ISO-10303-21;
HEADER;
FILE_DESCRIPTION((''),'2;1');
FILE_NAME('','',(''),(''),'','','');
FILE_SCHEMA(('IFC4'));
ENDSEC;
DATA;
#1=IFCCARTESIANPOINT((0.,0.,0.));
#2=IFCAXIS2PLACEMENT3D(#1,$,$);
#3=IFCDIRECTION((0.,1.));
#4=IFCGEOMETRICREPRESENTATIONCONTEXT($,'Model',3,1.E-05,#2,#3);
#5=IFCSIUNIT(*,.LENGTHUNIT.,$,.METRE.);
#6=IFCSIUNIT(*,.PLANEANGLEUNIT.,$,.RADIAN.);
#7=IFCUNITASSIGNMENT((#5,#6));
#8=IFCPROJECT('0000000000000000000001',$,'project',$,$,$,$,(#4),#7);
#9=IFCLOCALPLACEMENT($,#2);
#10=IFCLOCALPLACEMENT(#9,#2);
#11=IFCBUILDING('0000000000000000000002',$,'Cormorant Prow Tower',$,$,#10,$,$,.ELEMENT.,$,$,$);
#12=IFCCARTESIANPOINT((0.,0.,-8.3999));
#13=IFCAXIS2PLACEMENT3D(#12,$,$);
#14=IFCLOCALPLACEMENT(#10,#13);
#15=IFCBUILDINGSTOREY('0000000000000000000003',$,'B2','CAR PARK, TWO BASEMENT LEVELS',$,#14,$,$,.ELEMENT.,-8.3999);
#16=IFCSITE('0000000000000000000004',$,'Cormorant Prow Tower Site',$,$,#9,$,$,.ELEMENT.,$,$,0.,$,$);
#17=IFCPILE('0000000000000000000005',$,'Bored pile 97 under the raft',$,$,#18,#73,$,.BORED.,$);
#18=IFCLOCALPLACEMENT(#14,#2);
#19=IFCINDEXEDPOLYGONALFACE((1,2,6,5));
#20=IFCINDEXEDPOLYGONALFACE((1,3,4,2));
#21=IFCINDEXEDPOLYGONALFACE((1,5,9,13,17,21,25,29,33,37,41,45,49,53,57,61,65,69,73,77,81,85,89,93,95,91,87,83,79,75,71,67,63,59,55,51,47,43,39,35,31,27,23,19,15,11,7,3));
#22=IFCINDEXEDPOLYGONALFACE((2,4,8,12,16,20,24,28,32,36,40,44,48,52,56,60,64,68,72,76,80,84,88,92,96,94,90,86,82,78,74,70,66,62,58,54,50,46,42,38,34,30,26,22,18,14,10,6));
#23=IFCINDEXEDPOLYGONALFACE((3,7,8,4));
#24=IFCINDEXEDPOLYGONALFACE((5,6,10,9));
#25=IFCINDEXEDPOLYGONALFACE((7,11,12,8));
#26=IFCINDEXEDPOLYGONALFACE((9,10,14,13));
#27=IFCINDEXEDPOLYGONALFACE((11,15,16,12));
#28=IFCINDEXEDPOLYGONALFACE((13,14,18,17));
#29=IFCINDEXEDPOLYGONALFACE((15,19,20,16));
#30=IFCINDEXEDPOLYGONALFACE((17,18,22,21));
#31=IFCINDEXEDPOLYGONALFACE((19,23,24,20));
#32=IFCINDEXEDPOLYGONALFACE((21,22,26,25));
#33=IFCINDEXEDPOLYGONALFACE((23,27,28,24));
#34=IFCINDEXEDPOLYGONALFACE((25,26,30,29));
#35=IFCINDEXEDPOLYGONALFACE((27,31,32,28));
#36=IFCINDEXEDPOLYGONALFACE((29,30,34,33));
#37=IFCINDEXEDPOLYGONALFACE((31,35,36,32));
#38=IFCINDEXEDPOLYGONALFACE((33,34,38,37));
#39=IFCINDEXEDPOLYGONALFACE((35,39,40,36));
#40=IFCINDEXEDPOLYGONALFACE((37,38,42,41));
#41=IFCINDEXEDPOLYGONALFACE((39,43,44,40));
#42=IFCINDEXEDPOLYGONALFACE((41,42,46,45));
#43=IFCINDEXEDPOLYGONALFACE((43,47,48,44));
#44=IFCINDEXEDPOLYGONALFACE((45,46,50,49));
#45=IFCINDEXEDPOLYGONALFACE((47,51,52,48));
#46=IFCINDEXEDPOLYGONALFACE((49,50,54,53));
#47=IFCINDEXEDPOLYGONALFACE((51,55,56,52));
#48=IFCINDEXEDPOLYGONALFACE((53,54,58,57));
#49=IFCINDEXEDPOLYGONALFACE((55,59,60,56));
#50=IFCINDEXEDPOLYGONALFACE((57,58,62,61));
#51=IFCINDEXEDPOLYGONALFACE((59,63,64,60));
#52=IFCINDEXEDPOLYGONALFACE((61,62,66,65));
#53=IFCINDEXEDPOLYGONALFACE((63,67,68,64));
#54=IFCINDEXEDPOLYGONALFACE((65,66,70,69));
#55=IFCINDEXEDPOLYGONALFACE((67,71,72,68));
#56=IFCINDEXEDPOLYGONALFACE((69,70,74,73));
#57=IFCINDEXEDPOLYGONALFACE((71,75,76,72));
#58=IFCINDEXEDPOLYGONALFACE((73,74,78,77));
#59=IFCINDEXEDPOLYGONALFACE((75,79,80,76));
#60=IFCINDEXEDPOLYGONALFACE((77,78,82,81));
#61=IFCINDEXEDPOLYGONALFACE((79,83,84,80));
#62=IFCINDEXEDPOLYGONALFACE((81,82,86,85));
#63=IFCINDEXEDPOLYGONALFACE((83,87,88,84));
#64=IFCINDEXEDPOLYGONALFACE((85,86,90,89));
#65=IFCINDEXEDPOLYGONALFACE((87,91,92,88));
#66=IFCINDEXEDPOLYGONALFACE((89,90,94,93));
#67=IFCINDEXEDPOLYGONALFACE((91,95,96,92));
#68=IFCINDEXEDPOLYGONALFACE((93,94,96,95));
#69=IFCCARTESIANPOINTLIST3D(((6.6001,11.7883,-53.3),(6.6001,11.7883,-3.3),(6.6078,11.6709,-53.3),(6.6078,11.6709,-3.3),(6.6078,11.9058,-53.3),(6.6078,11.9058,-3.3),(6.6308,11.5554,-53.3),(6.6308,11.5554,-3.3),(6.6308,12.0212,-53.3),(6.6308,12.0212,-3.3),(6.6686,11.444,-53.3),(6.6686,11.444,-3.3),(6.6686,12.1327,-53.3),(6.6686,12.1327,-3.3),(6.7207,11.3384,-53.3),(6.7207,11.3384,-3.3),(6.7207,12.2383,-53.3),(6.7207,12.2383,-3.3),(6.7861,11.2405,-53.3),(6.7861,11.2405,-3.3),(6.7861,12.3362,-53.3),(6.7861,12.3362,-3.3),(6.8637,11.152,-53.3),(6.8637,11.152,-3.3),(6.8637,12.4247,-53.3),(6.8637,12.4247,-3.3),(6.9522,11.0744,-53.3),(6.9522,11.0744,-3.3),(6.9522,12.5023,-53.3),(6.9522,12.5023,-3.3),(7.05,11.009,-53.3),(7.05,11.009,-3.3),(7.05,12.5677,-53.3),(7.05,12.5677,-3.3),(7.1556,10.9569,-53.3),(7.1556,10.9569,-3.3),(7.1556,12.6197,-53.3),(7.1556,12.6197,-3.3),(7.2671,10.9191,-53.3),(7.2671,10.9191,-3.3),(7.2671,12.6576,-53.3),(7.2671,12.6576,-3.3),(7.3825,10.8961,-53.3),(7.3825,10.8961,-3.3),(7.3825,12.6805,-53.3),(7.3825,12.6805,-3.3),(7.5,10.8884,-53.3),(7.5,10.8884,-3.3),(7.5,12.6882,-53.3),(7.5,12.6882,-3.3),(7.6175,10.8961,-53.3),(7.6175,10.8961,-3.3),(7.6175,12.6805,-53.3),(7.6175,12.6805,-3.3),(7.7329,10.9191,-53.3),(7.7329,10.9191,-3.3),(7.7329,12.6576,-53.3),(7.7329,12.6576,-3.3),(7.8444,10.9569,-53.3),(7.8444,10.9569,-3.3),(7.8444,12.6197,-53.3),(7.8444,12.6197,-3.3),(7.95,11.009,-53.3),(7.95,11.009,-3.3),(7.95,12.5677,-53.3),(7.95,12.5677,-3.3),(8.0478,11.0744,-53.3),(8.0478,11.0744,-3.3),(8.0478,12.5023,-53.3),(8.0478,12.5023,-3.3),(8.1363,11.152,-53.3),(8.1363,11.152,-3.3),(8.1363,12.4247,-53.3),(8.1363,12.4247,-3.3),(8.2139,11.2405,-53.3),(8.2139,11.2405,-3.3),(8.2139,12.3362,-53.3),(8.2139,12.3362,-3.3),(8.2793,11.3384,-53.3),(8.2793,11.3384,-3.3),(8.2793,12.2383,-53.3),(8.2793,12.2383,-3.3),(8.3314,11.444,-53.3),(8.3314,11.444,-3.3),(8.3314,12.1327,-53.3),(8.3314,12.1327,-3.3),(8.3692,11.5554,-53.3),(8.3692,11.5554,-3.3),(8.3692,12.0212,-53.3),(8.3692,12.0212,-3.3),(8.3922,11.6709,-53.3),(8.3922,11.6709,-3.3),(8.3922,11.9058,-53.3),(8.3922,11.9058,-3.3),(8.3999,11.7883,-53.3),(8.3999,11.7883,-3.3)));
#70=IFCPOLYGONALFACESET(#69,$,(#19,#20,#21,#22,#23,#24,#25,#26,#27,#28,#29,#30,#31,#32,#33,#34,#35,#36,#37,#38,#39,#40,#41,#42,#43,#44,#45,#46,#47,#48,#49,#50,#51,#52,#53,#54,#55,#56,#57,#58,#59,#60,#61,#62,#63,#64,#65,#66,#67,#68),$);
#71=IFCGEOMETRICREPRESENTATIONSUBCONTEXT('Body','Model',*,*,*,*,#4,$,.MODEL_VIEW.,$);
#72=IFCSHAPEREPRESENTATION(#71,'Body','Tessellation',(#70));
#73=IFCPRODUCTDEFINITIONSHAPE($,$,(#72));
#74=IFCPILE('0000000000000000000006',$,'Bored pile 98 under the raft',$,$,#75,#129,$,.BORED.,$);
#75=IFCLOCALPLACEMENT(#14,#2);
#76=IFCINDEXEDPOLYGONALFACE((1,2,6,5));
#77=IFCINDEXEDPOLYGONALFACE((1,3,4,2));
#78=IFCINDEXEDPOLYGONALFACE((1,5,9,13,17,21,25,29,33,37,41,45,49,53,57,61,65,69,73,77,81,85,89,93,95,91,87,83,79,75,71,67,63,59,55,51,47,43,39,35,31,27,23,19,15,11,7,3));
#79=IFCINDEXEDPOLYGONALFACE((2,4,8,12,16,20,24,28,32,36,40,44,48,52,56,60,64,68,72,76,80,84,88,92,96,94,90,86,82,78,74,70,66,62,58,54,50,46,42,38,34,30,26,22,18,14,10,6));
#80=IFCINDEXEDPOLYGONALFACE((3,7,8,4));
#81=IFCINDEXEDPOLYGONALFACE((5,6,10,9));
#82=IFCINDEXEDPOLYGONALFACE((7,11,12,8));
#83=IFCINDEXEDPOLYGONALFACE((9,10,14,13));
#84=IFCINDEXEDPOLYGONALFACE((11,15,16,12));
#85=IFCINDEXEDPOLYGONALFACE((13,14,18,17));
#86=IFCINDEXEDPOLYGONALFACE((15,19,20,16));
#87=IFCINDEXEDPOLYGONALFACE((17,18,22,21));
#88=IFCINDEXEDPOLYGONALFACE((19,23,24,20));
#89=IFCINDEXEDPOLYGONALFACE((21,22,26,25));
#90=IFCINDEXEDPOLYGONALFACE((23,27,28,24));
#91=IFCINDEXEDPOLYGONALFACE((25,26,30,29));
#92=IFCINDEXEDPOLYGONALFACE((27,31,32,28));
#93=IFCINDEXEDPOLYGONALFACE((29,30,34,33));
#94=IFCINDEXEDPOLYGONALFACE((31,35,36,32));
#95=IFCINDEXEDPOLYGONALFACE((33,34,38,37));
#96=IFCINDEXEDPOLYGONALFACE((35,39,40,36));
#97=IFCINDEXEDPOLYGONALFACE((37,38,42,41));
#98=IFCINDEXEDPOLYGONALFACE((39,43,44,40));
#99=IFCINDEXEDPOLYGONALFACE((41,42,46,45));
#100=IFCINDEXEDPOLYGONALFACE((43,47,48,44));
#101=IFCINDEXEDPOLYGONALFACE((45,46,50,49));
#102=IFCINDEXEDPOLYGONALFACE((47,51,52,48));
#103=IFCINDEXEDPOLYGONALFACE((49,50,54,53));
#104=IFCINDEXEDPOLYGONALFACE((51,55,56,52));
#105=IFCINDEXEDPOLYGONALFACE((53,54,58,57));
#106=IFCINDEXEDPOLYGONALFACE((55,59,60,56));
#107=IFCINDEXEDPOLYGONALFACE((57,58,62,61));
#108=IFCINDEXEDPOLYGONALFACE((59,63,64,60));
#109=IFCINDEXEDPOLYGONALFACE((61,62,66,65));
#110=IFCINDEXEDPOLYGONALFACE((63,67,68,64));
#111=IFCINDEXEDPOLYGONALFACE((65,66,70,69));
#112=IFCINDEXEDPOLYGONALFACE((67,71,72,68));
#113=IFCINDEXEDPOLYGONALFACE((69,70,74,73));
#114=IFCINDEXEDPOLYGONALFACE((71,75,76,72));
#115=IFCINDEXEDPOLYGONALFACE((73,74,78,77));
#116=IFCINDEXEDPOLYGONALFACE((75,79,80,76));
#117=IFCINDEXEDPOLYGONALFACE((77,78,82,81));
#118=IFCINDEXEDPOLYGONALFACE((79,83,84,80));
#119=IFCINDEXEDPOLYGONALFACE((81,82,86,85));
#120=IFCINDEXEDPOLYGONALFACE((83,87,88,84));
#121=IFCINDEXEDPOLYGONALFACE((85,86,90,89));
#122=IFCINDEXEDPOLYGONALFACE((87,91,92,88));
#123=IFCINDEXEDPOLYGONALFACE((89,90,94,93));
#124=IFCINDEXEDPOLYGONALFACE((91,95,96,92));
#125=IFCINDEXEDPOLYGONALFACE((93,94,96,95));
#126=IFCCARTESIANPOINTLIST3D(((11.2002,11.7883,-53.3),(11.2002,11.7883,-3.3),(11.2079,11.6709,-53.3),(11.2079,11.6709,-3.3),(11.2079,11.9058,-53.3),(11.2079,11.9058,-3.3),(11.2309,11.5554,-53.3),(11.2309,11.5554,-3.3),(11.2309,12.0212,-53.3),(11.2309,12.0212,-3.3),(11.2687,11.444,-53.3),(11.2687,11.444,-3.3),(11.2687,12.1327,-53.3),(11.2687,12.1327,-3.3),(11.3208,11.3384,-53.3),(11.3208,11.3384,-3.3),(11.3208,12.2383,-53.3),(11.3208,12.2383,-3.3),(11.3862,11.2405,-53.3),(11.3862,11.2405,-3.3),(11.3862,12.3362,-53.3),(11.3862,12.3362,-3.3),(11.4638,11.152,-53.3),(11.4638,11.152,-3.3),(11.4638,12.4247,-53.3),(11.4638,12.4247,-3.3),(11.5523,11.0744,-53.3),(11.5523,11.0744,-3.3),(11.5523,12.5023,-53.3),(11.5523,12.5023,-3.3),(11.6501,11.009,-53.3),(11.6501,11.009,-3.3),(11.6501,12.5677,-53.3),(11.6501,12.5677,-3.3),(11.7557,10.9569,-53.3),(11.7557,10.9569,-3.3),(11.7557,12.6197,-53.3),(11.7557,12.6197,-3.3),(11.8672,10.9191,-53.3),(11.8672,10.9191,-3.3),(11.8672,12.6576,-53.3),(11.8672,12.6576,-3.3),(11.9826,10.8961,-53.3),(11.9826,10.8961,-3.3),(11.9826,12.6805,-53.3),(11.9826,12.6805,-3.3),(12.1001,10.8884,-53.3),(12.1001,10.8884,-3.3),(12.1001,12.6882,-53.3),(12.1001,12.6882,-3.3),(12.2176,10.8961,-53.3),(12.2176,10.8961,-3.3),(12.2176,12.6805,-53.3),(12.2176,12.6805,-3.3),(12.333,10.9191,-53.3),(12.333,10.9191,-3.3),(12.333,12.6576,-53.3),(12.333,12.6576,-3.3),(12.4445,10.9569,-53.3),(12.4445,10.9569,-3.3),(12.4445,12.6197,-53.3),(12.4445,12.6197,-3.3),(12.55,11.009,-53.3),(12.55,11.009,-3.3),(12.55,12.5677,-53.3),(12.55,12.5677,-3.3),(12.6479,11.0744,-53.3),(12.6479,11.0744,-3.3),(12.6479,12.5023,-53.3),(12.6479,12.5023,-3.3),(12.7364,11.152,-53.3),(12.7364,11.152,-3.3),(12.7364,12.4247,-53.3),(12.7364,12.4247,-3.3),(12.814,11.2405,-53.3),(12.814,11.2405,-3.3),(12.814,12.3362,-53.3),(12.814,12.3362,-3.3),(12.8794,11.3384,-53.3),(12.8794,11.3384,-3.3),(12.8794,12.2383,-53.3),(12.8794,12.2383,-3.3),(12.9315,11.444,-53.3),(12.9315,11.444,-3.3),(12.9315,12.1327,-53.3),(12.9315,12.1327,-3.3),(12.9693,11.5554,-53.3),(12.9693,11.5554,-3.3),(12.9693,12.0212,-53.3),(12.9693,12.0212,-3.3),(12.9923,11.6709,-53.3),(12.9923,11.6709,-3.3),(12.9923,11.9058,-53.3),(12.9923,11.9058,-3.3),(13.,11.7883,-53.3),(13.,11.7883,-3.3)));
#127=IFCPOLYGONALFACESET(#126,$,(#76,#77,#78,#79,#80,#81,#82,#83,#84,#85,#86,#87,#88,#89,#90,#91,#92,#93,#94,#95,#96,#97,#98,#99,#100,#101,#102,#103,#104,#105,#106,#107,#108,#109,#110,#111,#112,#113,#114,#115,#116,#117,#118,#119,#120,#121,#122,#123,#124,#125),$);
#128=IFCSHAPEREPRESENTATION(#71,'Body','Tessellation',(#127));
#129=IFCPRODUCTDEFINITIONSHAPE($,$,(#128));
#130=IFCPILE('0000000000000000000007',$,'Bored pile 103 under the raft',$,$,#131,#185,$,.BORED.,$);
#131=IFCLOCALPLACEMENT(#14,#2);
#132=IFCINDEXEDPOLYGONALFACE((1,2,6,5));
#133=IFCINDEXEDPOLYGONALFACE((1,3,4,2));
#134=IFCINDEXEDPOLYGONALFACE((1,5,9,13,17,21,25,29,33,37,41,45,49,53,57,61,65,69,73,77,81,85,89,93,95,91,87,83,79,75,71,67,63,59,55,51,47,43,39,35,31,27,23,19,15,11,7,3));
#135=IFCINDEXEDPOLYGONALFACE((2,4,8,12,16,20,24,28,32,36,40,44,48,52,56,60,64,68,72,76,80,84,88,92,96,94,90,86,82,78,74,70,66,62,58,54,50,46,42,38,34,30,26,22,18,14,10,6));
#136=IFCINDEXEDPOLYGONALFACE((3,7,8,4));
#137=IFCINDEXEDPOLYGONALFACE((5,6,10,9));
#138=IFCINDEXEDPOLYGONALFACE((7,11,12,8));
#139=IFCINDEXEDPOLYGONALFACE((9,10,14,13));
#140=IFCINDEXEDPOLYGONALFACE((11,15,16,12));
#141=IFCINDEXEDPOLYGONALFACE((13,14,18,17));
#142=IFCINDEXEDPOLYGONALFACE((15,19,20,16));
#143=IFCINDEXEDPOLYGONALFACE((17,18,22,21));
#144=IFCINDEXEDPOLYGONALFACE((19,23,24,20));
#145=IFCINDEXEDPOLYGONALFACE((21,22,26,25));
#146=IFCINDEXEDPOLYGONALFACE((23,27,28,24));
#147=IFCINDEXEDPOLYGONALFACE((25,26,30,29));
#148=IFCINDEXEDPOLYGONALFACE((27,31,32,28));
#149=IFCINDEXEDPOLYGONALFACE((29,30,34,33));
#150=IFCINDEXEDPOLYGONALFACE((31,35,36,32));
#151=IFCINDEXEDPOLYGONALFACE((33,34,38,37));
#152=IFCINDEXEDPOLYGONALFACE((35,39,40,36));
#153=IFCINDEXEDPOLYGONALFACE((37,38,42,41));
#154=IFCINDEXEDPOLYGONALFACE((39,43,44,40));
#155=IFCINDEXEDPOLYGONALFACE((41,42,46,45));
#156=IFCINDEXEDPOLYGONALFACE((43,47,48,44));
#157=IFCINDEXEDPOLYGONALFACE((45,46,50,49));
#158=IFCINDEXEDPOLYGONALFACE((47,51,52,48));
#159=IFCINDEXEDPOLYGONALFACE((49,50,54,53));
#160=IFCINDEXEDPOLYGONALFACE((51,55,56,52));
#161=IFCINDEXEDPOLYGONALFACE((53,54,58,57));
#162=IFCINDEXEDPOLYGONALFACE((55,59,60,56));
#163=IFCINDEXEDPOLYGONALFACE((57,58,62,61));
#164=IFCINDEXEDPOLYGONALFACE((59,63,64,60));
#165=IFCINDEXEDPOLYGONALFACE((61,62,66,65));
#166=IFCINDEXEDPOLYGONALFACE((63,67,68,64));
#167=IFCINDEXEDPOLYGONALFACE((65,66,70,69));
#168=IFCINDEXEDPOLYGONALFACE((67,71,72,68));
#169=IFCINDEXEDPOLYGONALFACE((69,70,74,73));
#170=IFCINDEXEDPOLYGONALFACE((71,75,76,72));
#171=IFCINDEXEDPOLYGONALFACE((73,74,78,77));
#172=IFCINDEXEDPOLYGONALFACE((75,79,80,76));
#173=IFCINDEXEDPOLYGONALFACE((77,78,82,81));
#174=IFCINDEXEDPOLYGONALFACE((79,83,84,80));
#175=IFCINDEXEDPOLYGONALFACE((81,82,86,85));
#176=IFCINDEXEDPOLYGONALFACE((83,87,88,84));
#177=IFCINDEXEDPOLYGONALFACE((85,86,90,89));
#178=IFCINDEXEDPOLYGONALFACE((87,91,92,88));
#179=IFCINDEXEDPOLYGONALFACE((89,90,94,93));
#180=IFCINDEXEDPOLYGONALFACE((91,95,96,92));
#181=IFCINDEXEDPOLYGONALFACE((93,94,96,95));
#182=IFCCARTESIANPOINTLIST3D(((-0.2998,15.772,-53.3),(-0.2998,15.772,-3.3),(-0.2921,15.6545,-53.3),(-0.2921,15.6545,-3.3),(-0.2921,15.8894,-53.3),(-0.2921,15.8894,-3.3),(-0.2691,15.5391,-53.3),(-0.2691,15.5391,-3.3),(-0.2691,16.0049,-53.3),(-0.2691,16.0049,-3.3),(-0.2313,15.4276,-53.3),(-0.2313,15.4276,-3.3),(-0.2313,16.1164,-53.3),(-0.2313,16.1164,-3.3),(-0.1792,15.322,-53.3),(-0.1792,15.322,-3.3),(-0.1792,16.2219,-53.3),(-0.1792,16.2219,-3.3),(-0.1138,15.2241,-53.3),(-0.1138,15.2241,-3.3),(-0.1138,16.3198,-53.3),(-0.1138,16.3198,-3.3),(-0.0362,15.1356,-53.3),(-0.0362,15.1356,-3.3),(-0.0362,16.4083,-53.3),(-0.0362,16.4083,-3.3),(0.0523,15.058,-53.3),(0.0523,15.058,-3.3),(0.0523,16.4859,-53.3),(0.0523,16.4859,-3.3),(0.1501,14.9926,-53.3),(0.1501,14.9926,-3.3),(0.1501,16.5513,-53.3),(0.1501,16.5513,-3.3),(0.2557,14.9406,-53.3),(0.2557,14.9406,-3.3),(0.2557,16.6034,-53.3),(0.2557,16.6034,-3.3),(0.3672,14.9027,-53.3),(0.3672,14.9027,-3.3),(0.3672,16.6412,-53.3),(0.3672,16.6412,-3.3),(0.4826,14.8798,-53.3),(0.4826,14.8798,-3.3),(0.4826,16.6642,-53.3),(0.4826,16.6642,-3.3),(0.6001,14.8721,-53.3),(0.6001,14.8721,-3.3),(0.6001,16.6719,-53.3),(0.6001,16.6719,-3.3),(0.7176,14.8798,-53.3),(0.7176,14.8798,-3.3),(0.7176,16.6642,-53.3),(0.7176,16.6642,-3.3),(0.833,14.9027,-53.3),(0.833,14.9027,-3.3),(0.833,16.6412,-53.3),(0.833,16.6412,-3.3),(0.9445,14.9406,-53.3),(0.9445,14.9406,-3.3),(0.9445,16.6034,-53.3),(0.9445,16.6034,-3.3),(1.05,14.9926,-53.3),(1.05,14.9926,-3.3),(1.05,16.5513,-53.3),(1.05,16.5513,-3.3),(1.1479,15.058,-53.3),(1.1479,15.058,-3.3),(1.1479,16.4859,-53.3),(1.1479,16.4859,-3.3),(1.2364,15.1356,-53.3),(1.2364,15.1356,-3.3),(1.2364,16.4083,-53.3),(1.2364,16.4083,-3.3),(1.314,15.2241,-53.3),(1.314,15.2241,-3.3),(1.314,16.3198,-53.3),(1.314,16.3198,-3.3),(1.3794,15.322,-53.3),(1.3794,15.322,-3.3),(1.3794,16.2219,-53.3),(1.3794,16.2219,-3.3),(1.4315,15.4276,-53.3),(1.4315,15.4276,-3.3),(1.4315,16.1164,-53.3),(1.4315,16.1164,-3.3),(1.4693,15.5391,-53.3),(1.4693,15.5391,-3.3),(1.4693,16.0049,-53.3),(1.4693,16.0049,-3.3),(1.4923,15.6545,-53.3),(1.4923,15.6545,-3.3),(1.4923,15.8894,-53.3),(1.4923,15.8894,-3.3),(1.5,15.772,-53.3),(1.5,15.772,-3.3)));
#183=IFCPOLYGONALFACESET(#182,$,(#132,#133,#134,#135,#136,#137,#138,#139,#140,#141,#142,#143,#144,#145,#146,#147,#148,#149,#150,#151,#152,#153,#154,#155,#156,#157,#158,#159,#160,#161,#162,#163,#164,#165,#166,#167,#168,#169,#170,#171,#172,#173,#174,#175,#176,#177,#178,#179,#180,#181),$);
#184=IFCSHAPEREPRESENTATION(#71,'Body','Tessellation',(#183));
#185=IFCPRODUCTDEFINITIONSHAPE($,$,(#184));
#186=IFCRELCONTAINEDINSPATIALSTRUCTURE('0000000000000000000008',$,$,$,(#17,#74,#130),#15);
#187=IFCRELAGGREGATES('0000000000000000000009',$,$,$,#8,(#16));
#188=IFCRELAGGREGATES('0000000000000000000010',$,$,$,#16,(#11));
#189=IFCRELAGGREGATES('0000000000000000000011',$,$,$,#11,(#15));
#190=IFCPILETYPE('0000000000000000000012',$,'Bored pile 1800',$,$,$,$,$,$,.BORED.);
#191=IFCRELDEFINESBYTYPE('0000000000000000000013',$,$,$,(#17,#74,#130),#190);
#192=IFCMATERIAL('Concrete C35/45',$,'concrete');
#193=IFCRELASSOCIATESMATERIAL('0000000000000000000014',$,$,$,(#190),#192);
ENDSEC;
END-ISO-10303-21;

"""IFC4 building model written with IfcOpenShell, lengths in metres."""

from ifc_helpers import new_model, si_unit, direction, frame, origin, origin_2d, place, context, subcontext, project, spatial, circle, extrude, material, material_profile, profile_set, type_object, element, save


model = new_model("IFC4")

# Units and contexts
model_context = context("Model", 3, precision=1e-05, world=origin(), true_north=direction((0.0, 1.0)))
body_context = subcontext(model_context, "Body", "Model", "MODEL_VIEW")
ifc_project = project(units=[si_unit("LENGTHUNIT", "METRE"), si_unit("PLANEANGLEUNIT", "RADIAN")], contexts=[model_context])

# Site, building, storey
site_placement = place(None, origin())
site = spatial("IfcSite", under=ifc_project, at=site_placement, Name="Cormorant Prow Tower Site", CompositionType="ELEMENT", RefElevation=0.0)
building_placement = place(site_placement, origin())
building = spatial("IfcBuilding", under=site, at=building_placement, Name="Cormorant Prow Tower", CompositionType="ELEMENT")
storey_placement = place(building_placement, frame((0.0, 0.0, -8.3999)))
storey = spatial("IfcBuildingStorey", under=building, at=storey_placement, Name="B2", Description="CAR PARK, TWO BASEMENT LEVELS", CompositionType="ELEMENT", Elevation=-8.3999)

# Piles
ifc_material_1 = material(Name="Concrete C35/45", Category="concrete")
ifc_material_profile_1 = material_profile(ifc_material_1, circle(Radius=0.8999, at=origin_2d()), Name="Round 1800")
ifc_profile_set_1 = profile_set([ifc_material_profile_1], Name="Concrete C35/45")
pile_type_1 = type_object("IfcPileType", Name="Bored pile 1800", PredefinedType="BORED", material=ifc_profile_set_1)
for number, where, z_axis, x_axis, name in (
    (1, (7.5, 11.7883, -3.3), (0.0, 0.0, -1.0), (1.0, 0.0, 0.0), "Bored pile 97 under the raft"),
    (2, (12.1001, 11.7883, -3.3), (0.0, 0.0, -1.0), (1.0, 0.0, 0.0), "Bored pile 98 under the raft"),
    (3, (0.6001, 15.772, -3.3), (0.0, 0.0, -1.0), (1.0, 0.0, 0.0), "Bored pile 103 under the raft"),
):
    element("IfcPile", number, at=place(storey_placement, frame(where, z_axis=z_axis, x_axis=x_axis)), inside=storey, type_object=pile_type_1, Name=name, PredefinedType="BORED", context=body_context, shape_type="SweptSolid", body=[
        extrude(circle(Radius=0.8999, at=origin_2d()), origin(), (0.0, 0.0, 1.0), 50.0),
    ])

save(model, "model.ifc")
